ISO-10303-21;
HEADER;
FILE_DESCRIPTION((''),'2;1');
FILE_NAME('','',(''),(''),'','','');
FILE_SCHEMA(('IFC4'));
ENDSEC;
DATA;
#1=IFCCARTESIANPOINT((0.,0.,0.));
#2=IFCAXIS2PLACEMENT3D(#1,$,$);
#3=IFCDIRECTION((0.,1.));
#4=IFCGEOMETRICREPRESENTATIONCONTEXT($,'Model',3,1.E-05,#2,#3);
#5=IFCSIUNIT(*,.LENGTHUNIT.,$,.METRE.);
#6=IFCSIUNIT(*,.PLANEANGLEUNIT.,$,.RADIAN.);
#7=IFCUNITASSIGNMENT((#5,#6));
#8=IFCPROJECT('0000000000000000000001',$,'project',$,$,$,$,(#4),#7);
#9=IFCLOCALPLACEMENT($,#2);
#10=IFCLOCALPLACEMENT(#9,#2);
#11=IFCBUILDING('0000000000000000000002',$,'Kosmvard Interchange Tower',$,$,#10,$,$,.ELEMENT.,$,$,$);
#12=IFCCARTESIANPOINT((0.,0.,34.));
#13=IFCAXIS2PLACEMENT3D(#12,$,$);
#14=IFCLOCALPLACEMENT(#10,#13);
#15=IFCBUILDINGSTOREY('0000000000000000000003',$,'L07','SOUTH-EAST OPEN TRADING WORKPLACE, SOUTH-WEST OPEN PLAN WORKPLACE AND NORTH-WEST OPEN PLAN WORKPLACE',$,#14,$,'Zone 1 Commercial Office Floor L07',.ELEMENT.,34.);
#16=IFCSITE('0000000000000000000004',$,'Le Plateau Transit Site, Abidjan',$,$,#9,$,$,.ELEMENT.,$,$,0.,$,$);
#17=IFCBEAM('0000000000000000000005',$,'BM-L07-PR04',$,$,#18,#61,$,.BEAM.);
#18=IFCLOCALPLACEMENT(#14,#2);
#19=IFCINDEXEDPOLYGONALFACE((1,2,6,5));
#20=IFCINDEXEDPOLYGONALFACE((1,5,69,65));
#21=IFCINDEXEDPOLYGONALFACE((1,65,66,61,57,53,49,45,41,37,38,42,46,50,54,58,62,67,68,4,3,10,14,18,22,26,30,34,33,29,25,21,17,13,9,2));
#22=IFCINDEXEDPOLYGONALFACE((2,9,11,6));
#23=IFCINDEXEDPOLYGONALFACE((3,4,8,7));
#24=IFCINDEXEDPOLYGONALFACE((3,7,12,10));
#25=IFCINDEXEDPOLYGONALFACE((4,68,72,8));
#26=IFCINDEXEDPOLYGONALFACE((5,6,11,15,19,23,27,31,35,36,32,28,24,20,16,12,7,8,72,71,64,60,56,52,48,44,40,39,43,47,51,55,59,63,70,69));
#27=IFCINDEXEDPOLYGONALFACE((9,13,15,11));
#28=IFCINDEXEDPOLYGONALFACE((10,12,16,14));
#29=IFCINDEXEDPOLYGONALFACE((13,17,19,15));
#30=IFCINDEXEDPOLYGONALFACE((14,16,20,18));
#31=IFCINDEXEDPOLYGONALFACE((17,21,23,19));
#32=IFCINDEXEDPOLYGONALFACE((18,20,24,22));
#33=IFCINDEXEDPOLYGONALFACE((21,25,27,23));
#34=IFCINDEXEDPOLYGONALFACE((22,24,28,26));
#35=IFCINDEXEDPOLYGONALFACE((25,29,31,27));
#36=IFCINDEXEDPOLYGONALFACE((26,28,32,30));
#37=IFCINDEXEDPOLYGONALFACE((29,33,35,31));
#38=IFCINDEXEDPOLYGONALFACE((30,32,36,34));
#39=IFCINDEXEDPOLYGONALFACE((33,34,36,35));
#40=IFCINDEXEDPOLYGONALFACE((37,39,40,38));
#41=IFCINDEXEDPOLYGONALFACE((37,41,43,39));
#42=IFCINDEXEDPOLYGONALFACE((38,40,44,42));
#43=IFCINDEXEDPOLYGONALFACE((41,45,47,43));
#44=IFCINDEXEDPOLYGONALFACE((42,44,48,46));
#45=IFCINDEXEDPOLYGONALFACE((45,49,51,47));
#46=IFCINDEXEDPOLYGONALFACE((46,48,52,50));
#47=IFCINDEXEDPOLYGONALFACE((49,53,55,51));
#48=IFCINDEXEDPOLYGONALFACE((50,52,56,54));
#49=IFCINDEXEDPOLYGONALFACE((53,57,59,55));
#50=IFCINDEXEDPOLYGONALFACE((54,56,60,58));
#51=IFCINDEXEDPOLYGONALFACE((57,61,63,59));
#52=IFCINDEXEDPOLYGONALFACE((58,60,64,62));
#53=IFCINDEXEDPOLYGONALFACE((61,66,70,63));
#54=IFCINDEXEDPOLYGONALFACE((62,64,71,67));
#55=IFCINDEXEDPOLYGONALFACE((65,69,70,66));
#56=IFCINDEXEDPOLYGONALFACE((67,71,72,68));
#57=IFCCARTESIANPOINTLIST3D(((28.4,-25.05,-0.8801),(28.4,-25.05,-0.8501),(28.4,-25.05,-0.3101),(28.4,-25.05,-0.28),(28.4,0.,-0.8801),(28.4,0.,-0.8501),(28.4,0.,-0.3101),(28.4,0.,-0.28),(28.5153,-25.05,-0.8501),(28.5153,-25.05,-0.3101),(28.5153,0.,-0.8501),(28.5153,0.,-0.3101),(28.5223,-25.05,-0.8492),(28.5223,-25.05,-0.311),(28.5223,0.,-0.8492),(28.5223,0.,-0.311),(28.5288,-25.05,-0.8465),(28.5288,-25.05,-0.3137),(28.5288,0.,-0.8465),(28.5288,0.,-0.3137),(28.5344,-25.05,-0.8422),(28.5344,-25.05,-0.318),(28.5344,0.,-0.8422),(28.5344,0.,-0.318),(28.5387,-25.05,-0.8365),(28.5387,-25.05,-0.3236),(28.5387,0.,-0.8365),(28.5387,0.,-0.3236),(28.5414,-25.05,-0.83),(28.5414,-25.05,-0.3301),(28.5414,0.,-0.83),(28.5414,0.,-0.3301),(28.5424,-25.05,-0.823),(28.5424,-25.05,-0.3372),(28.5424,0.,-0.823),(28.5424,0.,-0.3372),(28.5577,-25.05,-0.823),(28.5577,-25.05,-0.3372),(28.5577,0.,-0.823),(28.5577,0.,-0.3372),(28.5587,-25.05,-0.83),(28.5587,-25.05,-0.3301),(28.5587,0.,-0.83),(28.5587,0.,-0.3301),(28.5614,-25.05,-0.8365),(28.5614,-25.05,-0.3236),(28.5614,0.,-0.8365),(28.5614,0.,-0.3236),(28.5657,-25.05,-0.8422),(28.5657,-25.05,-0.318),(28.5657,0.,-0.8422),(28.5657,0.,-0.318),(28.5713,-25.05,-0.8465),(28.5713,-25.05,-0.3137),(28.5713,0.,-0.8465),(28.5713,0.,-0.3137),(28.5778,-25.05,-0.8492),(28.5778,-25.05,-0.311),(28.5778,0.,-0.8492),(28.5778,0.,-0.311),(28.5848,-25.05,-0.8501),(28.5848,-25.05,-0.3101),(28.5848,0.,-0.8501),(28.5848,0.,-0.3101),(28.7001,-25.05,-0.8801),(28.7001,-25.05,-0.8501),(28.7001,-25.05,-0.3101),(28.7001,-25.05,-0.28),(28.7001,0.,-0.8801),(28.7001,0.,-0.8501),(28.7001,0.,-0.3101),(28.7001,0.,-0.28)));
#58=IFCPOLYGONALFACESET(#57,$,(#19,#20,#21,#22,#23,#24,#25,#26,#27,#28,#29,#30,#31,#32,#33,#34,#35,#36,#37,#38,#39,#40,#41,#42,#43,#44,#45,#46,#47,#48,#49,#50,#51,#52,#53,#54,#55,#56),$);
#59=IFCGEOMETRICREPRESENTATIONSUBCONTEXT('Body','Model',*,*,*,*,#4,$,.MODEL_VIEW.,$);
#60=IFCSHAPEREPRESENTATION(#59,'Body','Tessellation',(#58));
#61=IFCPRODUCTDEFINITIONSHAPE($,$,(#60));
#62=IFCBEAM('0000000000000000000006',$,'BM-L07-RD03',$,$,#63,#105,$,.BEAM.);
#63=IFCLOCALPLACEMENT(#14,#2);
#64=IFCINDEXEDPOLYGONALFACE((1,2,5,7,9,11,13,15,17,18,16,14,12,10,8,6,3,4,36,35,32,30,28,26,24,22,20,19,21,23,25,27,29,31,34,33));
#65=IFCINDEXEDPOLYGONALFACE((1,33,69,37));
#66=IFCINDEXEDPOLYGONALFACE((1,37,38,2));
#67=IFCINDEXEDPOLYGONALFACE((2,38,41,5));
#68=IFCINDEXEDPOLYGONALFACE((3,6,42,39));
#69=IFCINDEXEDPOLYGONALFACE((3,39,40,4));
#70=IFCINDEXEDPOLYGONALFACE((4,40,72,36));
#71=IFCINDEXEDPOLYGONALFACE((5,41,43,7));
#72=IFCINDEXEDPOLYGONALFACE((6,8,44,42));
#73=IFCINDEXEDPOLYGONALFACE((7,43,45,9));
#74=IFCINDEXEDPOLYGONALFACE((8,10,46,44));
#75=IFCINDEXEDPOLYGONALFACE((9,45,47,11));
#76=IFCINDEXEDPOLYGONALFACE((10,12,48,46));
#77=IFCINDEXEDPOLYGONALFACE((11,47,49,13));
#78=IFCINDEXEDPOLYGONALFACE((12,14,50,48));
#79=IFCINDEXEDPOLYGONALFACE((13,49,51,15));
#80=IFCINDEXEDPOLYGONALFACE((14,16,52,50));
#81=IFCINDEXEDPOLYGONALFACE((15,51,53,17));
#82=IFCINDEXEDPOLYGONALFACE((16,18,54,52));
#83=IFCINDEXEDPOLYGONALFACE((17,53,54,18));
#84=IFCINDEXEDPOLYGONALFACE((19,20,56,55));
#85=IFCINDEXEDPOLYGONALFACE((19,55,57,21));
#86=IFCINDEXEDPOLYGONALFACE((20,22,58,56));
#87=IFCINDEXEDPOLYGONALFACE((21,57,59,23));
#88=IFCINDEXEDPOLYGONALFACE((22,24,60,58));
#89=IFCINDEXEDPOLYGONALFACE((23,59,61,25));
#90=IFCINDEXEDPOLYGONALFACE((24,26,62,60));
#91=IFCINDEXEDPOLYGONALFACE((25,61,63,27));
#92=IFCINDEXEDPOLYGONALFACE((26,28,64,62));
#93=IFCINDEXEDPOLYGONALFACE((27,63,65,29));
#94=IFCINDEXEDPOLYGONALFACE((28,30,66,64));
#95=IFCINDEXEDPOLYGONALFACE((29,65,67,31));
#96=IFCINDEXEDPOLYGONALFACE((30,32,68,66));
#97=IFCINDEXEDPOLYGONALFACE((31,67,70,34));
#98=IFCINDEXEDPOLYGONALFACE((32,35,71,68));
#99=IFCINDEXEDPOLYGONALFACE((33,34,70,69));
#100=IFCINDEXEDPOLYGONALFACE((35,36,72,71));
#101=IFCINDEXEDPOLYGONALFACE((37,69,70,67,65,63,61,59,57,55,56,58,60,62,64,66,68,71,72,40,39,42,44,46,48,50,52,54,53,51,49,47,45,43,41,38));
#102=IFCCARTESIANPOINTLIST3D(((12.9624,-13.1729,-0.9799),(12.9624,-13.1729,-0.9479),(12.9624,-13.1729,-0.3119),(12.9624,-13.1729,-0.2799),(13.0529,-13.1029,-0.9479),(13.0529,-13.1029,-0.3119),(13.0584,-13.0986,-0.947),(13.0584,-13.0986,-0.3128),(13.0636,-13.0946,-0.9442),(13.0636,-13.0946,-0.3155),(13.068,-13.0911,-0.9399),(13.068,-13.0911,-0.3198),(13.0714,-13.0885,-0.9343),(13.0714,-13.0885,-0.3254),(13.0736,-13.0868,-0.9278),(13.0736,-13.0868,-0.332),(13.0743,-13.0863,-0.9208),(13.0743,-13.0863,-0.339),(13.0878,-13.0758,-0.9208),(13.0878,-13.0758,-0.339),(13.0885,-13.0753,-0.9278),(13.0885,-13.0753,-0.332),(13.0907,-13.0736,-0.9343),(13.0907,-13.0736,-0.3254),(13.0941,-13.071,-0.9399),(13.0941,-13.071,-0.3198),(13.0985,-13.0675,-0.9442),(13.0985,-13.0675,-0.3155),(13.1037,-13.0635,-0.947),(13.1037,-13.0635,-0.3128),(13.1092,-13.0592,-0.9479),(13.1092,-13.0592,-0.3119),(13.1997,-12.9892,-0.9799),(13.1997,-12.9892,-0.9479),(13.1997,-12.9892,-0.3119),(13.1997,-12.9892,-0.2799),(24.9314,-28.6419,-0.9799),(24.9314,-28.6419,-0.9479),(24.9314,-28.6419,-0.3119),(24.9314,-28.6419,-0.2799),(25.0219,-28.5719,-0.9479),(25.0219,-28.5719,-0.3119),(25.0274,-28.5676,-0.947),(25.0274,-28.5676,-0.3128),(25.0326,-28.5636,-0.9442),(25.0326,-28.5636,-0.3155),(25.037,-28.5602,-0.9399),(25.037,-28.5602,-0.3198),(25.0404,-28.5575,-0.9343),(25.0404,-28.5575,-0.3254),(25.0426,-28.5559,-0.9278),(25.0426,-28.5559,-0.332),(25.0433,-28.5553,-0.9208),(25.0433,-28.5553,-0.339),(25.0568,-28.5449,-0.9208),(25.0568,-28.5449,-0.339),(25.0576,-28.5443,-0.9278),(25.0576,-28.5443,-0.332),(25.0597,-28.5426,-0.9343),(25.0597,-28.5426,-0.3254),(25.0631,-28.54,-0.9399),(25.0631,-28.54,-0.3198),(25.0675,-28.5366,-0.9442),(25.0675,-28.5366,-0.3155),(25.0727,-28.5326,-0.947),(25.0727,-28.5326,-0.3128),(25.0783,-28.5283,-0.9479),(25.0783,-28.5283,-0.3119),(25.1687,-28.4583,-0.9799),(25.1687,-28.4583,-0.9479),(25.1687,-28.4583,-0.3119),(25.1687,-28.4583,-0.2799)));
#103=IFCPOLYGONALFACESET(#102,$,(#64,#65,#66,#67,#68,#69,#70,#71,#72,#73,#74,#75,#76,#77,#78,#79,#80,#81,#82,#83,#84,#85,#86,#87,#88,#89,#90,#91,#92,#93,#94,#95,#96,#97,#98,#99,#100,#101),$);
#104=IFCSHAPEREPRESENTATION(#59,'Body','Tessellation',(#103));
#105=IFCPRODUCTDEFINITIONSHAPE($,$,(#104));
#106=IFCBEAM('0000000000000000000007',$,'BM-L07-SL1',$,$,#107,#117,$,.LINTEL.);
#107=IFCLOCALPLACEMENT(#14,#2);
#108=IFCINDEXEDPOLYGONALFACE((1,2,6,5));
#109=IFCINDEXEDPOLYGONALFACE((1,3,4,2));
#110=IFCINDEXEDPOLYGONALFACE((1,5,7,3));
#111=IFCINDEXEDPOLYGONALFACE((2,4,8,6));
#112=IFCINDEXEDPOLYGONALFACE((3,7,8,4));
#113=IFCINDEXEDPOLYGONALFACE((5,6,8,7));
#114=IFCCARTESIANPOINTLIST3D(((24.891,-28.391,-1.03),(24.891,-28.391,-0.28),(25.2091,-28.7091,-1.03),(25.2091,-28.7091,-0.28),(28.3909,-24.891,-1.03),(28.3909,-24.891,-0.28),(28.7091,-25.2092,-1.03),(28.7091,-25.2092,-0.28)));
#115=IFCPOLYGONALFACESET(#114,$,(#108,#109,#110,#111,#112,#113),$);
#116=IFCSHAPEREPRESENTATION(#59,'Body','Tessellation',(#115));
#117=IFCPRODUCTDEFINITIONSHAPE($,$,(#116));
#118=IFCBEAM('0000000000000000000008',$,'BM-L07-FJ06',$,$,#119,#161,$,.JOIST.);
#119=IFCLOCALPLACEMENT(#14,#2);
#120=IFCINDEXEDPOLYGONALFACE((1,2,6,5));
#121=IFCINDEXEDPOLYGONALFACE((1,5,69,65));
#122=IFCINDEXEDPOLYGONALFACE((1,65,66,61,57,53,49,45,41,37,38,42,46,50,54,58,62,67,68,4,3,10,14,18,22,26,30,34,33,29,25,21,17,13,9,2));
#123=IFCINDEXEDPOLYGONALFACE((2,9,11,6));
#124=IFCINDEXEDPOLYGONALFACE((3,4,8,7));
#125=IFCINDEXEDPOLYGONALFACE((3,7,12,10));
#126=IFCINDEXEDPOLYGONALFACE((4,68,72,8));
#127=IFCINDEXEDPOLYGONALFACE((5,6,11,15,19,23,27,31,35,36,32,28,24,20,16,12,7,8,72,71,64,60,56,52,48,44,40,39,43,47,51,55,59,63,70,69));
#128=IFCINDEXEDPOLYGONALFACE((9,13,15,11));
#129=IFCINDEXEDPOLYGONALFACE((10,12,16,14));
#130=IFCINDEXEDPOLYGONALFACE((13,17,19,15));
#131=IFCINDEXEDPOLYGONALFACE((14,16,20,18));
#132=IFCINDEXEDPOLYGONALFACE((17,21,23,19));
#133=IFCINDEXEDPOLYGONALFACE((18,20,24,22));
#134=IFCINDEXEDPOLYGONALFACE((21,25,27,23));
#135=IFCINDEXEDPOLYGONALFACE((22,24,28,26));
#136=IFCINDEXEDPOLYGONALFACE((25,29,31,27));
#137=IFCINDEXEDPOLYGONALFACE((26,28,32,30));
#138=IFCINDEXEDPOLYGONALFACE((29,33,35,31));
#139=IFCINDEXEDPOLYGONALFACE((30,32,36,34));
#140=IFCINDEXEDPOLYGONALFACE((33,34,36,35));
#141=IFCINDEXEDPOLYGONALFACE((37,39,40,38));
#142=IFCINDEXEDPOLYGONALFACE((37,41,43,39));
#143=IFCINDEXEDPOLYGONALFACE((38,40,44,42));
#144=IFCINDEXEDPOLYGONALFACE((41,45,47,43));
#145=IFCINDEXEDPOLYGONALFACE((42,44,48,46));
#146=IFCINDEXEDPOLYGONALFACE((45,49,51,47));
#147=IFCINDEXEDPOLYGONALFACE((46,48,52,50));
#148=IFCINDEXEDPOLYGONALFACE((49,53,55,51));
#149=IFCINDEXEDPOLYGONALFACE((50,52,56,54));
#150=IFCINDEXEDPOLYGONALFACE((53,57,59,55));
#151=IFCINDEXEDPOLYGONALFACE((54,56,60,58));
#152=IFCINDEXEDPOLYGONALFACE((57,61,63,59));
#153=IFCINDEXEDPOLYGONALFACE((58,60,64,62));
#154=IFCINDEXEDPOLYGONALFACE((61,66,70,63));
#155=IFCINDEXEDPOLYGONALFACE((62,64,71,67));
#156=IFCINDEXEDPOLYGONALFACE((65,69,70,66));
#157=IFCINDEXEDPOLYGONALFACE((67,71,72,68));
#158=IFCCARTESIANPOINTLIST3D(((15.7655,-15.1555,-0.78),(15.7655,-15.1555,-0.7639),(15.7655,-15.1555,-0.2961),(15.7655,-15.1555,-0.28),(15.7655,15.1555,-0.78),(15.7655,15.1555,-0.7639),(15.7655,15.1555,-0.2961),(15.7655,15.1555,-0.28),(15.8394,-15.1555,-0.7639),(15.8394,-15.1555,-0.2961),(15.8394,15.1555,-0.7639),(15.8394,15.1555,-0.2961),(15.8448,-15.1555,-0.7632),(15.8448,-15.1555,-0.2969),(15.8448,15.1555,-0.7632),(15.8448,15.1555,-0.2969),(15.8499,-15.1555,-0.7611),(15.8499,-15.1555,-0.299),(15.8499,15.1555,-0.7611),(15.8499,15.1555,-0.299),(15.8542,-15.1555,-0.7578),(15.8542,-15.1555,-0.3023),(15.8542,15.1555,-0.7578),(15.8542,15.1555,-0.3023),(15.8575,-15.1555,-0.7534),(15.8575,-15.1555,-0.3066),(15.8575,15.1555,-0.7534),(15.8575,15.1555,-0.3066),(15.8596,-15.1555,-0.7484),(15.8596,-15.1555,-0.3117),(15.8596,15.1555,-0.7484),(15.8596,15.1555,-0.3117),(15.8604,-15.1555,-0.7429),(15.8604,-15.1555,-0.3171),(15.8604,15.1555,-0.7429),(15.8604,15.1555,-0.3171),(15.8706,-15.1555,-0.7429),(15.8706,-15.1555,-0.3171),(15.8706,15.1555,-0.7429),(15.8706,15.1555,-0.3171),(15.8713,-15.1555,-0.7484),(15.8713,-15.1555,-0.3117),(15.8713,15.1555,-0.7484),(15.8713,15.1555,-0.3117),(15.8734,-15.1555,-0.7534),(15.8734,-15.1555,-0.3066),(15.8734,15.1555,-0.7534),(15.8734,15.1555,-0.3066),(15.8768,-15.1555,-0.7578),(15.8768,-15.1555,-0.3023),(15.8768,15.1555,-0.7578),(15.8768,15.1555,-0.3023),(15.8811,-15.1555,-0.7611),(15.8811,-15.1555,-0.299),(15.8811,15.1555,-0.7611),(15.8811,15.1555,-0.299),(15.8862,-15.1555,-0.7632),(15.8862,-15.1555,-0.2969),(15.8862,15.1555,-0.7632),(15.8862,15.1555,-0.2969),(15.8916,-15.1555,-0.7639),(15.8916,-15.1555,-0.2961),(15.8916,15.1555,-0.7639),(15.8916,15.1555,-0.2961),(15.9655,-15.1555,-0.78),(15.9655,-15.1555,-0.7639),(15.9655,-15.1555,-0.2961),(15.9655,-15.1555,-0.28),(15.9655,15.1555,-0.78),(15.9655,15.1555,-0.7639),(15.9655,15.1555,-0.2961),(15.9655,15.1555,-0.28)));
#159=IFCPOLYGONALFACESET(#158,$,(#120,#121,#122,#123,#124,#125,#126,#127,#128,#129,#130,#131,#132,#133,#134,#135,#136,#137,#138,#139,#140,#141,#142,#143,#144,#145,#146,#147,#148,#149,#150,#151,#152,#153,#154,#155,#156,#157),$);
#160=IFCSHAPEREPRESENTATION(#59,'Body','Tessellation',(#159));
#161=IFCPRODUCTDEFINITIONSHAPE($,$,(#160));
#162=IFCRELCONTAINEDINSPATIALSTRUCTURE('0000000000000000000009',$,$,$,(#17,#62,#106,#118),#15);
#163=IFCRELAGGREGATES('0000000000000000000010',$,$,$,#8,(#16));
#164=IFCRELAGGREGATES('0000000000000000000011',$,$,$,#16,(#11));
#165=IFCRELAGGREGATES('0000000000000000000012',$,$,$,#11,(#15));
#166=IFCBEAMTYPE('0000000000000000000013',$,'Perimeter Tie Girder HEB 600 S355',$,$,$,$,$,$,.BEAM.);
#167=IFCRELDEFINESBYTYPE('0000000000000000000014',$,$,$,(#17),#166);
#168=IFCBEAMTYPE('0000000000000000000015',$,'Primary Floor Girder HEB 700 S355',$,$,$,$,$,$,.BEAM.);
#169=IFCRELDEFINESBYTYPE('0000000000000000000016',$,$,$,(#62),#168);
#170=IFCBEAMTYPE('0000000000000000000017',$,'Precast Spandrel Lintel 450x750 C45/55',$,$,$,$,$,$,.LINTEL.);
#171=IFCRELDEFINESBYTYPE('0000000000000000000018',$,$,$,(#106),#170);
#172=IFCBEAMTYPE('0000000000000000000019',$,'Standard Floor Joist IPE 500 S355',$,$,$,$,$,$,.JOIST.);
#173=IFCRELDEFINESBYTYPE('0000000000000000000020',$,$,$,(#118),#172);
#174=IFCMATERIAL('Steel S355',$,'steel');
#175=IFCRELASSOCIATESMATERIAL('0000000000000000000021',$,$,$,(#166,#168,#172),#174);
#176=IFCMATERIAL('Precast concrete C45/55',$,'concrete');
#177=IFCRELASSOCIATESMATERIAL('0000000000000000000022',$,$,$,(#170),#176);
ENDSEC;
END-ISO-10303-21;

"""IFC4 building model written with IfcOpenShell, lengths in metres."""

from ifc_helpers import new_model, si_unit, direction, frame, origin, origin_2d, place, context, subcontext, project, spatial, rectangle, i_section, extrude, source, transform, mapped, material, material_profile, profile_set, type_object, element, save


model = new_model("IFC4")

# Units and contexts
model_context = context("Model", 3, precision=1e-05, world=origin(), true_north=direction((0.0, 1.0)))
body_context = subcontext(model_context, "Body", "Model", "MODEL_VIEW")
ifc_project = project(units=[si_unit("LENGTHUNIT", "METRE"), si_unit("PLANEANGLEUNIT", "RADIAN")], contexts=[model_context])

# Site, building, storey
site_placement = place(None, origin())
site = spatial("IfcSite", under=ifc_project, at=site_placement, Name="Le Plateau Transit Site, Abidjan", CompositionType="ELEMENT", RefElevation=0.0)
building_placement = place(site_placement, origin())
building = spatial("IfcBuilding", under=site, at=building_placement, Name="Kosmvard Interchange Tower", CompositionType="ELEMENT")
storey_placement = place(building_placement, frame((0.0, 0.0, 34.0)))
storey = spatial("IfcBuildingStorey", under=building, at=storey_placement, Name="L07", Description="SOUTH-EAST OPEN TRADING WORKPLACE, SOUTH-WEST OPEN PLAN WORKPLACE AND NORTH-WEST OPEN PLAN WORKPLACE", LongName="Zone 1 Commercial Office Floor L07", CompositionType="ELEMENT", Elevation=34.0)

# Beams
ifc_material_1 = material(Name="Steel S355", Category="steel")
ifc_material_profile_1 = material_profile(ifc_material_1, i_section(OverallWidth=0.3, OverallDepth=0.6001, WebThickness=0.0154, FlangeThickness=0.03, FilletRadius=0.0271, at=origin_2d()), Name="HEB 600")
ifc_profile_set_1 = profile_set([ifc_material_profile_1], Name="Steel S355")
beam_type_1 = type_object("IfcBeamType", Name="Perimeter Tie Girder HEB 600 S355", PredefinedType="BEAM", material=ifc_profile_set_1)
shared_shape_1 = source(origin(), body_context, "Body", "SweptSolid", [
    extrude(i_section(OverallWidth=0.3, OverallDepth=0.6001, WebThickness=0.0154, FlangeThickness=0.03, FilletRadius=0.0271, at=origin_2d()), origin(), (0.0, 0.0, 1.0), 25.05),
])
for number, where, z_axis, x_axis, name in (
    (1, (28.55, -25.05, -0.5801), (0.0, 1.0, 0.0), (-1.0, 0.0, 0.0), "BM-L07-PR04"),
):
    element("IfcBeam", number, at=place(storey_placement, frame(where, z_axis=z_axis, x_axis=x_axis)), inside=storey, type_object=beam_type_1, Name=name, PredefinedType="BEAM", context=body_context, shape_type="MappedRepresentation", body=[
        mapped(shared_shape_1, transform((0.0, 0.0, 0.0), scale=1.0)),
    ])
ifc_material_profile_2 = material_profile(ifc_material_1, i_section(OverallWidth=0.3, OverallDepth=0.7, WebThickness=0.0171, FlangeThickness=0.032, FilletRadius=0.0271, at=origin_2d()), Name="HEB 700")
ifc_profile_set_2 = profile_set([ifc_material_profile_2], Name="Steel S355")
beam_type_2 = type_object("IfcBeamType", Name="Primary Floor Girder HEB 700 S355", PredefinedType="BEAM", material=ifc_profile_set_2)
shared_shape_2 = source(origin(), body_context, "Body", "SweptSolid", [
    extrude(i_section(OverallWidth=0.3, OverallDepth=0.7, WebThickness=0.0171, FlangeThickness=0.032, FilletRadius=0.0271, at=origin_2d()), origin(), (0.0, 0.0, 1.0), 19.5588),
])
beam_1_placement = place(storey_placement, frame((13.0811, -13.0811, -0.6299), z_axis=(0.611949, -0.790897, 0.0), x_axis=(0.790897, 0.611949, 0.0)))
element("IfcBeam", 2, at=beam_1_placement, inside=storey, type_object=beam_type_2, Name="BM-L07-RD03", PredefinedType="BEAM", context=body_context, shape_type="MappedRepresentation", body=[
    mapped(shared_shape_2, transform((0.0, 0.0, 0.0), scale=1.0)),
])
ifc_material_2 = material(Name="Precast concrete C45/55", Category="concrete")
ifc_material_profile_3 = material_profile(ifc_material_2, rectangle(XDim=0.45, YDim=0.75, at=origin_2d()), Name="SL 450x750")
ifc_profile_set_3 = profile_set([ifc_material_profile_3], Name="Precast concrete C45/55")
beam_type_3 = type_object("IfcBeamType", Name="Precast Spandrel Lintel 450x750 C45/55", PredefinedType="LINTEL", material=ifc_profile_set_3)
shared_shape_3 = source(origin(), body_context, "Body", "SweptSolid", [
    extrude(rectangle(XDim=0.45, YDim=0.75, at=origin_2d()), origin(), (0.0, 0.0, 1.0), 4.9497),
])
beam_2_placement = place(storey_placement, frame((25.05, -28.55, -0.655), z_axis=(0.707107, 0.707107, 0.0), x_axis=(-0.707107, 0.707107, 0.0)))
element("IfcBeam", 3, at=beam_2_placement, inside=storey, type_object=beam_type_3, Name="BM-L07-SL1", PredefinedType="LINTEL", context=body_context, shape_type="MappedRepresentation", body=[
    mapped(shared_shape_3, transform((0.0, 0.0, 0.0), scale=1.0)),
])
ifc_material_profile_4 = material_profile(ifc_material_1, i_section(OverallWidth=0.2, OverallDepth=0.5, WebThickness=0.0103, FlangeThickness=0.0161, FilletRadius=0.021, at=origin_2d()), Name="IPE 500")
ifc_profile_set_4 = profile_set([ifc_material_profile_4], Name="Steel S355")
beam_type_4 = type_object("IfcBeamType", Name="Standard Floor Joist IPE 500 S355", PredefinedType="JOIST", material=ifc_profile_set_4)
shared_shape_4 = source(origin(), body_context, "Body", "SweptSolid", [
    extrude(i_section(OverallWidth=0.2, OverallDepth=0.5, WebThickness=0.0103, FlangeThickness=0.0161, FilletRadius=0.021, at=origin_2d()), origin(), (0.0, 0.0, 1.0), 30.311),
])
beam_3_placement = place(storey_placement, frame((15.8655, -15.1555, -0.53), z_axis=(0.0, 1.0, 0.0), x_axis=(-1.0, 0.0, 0.0)))
element("IfcBeam", 4, at=beam_3_placement, inside=storey, type_object=beam_type_4, Name="BM-L07-FJ06", PredefinedType="JOIST", context=body_context, shape_type="MappedRepresentation", body=[
    mapped(shared_shape_4, transform((0.0, 0.0, 0.0), scale=1.0)),
])

save(model, "model.ifc")
